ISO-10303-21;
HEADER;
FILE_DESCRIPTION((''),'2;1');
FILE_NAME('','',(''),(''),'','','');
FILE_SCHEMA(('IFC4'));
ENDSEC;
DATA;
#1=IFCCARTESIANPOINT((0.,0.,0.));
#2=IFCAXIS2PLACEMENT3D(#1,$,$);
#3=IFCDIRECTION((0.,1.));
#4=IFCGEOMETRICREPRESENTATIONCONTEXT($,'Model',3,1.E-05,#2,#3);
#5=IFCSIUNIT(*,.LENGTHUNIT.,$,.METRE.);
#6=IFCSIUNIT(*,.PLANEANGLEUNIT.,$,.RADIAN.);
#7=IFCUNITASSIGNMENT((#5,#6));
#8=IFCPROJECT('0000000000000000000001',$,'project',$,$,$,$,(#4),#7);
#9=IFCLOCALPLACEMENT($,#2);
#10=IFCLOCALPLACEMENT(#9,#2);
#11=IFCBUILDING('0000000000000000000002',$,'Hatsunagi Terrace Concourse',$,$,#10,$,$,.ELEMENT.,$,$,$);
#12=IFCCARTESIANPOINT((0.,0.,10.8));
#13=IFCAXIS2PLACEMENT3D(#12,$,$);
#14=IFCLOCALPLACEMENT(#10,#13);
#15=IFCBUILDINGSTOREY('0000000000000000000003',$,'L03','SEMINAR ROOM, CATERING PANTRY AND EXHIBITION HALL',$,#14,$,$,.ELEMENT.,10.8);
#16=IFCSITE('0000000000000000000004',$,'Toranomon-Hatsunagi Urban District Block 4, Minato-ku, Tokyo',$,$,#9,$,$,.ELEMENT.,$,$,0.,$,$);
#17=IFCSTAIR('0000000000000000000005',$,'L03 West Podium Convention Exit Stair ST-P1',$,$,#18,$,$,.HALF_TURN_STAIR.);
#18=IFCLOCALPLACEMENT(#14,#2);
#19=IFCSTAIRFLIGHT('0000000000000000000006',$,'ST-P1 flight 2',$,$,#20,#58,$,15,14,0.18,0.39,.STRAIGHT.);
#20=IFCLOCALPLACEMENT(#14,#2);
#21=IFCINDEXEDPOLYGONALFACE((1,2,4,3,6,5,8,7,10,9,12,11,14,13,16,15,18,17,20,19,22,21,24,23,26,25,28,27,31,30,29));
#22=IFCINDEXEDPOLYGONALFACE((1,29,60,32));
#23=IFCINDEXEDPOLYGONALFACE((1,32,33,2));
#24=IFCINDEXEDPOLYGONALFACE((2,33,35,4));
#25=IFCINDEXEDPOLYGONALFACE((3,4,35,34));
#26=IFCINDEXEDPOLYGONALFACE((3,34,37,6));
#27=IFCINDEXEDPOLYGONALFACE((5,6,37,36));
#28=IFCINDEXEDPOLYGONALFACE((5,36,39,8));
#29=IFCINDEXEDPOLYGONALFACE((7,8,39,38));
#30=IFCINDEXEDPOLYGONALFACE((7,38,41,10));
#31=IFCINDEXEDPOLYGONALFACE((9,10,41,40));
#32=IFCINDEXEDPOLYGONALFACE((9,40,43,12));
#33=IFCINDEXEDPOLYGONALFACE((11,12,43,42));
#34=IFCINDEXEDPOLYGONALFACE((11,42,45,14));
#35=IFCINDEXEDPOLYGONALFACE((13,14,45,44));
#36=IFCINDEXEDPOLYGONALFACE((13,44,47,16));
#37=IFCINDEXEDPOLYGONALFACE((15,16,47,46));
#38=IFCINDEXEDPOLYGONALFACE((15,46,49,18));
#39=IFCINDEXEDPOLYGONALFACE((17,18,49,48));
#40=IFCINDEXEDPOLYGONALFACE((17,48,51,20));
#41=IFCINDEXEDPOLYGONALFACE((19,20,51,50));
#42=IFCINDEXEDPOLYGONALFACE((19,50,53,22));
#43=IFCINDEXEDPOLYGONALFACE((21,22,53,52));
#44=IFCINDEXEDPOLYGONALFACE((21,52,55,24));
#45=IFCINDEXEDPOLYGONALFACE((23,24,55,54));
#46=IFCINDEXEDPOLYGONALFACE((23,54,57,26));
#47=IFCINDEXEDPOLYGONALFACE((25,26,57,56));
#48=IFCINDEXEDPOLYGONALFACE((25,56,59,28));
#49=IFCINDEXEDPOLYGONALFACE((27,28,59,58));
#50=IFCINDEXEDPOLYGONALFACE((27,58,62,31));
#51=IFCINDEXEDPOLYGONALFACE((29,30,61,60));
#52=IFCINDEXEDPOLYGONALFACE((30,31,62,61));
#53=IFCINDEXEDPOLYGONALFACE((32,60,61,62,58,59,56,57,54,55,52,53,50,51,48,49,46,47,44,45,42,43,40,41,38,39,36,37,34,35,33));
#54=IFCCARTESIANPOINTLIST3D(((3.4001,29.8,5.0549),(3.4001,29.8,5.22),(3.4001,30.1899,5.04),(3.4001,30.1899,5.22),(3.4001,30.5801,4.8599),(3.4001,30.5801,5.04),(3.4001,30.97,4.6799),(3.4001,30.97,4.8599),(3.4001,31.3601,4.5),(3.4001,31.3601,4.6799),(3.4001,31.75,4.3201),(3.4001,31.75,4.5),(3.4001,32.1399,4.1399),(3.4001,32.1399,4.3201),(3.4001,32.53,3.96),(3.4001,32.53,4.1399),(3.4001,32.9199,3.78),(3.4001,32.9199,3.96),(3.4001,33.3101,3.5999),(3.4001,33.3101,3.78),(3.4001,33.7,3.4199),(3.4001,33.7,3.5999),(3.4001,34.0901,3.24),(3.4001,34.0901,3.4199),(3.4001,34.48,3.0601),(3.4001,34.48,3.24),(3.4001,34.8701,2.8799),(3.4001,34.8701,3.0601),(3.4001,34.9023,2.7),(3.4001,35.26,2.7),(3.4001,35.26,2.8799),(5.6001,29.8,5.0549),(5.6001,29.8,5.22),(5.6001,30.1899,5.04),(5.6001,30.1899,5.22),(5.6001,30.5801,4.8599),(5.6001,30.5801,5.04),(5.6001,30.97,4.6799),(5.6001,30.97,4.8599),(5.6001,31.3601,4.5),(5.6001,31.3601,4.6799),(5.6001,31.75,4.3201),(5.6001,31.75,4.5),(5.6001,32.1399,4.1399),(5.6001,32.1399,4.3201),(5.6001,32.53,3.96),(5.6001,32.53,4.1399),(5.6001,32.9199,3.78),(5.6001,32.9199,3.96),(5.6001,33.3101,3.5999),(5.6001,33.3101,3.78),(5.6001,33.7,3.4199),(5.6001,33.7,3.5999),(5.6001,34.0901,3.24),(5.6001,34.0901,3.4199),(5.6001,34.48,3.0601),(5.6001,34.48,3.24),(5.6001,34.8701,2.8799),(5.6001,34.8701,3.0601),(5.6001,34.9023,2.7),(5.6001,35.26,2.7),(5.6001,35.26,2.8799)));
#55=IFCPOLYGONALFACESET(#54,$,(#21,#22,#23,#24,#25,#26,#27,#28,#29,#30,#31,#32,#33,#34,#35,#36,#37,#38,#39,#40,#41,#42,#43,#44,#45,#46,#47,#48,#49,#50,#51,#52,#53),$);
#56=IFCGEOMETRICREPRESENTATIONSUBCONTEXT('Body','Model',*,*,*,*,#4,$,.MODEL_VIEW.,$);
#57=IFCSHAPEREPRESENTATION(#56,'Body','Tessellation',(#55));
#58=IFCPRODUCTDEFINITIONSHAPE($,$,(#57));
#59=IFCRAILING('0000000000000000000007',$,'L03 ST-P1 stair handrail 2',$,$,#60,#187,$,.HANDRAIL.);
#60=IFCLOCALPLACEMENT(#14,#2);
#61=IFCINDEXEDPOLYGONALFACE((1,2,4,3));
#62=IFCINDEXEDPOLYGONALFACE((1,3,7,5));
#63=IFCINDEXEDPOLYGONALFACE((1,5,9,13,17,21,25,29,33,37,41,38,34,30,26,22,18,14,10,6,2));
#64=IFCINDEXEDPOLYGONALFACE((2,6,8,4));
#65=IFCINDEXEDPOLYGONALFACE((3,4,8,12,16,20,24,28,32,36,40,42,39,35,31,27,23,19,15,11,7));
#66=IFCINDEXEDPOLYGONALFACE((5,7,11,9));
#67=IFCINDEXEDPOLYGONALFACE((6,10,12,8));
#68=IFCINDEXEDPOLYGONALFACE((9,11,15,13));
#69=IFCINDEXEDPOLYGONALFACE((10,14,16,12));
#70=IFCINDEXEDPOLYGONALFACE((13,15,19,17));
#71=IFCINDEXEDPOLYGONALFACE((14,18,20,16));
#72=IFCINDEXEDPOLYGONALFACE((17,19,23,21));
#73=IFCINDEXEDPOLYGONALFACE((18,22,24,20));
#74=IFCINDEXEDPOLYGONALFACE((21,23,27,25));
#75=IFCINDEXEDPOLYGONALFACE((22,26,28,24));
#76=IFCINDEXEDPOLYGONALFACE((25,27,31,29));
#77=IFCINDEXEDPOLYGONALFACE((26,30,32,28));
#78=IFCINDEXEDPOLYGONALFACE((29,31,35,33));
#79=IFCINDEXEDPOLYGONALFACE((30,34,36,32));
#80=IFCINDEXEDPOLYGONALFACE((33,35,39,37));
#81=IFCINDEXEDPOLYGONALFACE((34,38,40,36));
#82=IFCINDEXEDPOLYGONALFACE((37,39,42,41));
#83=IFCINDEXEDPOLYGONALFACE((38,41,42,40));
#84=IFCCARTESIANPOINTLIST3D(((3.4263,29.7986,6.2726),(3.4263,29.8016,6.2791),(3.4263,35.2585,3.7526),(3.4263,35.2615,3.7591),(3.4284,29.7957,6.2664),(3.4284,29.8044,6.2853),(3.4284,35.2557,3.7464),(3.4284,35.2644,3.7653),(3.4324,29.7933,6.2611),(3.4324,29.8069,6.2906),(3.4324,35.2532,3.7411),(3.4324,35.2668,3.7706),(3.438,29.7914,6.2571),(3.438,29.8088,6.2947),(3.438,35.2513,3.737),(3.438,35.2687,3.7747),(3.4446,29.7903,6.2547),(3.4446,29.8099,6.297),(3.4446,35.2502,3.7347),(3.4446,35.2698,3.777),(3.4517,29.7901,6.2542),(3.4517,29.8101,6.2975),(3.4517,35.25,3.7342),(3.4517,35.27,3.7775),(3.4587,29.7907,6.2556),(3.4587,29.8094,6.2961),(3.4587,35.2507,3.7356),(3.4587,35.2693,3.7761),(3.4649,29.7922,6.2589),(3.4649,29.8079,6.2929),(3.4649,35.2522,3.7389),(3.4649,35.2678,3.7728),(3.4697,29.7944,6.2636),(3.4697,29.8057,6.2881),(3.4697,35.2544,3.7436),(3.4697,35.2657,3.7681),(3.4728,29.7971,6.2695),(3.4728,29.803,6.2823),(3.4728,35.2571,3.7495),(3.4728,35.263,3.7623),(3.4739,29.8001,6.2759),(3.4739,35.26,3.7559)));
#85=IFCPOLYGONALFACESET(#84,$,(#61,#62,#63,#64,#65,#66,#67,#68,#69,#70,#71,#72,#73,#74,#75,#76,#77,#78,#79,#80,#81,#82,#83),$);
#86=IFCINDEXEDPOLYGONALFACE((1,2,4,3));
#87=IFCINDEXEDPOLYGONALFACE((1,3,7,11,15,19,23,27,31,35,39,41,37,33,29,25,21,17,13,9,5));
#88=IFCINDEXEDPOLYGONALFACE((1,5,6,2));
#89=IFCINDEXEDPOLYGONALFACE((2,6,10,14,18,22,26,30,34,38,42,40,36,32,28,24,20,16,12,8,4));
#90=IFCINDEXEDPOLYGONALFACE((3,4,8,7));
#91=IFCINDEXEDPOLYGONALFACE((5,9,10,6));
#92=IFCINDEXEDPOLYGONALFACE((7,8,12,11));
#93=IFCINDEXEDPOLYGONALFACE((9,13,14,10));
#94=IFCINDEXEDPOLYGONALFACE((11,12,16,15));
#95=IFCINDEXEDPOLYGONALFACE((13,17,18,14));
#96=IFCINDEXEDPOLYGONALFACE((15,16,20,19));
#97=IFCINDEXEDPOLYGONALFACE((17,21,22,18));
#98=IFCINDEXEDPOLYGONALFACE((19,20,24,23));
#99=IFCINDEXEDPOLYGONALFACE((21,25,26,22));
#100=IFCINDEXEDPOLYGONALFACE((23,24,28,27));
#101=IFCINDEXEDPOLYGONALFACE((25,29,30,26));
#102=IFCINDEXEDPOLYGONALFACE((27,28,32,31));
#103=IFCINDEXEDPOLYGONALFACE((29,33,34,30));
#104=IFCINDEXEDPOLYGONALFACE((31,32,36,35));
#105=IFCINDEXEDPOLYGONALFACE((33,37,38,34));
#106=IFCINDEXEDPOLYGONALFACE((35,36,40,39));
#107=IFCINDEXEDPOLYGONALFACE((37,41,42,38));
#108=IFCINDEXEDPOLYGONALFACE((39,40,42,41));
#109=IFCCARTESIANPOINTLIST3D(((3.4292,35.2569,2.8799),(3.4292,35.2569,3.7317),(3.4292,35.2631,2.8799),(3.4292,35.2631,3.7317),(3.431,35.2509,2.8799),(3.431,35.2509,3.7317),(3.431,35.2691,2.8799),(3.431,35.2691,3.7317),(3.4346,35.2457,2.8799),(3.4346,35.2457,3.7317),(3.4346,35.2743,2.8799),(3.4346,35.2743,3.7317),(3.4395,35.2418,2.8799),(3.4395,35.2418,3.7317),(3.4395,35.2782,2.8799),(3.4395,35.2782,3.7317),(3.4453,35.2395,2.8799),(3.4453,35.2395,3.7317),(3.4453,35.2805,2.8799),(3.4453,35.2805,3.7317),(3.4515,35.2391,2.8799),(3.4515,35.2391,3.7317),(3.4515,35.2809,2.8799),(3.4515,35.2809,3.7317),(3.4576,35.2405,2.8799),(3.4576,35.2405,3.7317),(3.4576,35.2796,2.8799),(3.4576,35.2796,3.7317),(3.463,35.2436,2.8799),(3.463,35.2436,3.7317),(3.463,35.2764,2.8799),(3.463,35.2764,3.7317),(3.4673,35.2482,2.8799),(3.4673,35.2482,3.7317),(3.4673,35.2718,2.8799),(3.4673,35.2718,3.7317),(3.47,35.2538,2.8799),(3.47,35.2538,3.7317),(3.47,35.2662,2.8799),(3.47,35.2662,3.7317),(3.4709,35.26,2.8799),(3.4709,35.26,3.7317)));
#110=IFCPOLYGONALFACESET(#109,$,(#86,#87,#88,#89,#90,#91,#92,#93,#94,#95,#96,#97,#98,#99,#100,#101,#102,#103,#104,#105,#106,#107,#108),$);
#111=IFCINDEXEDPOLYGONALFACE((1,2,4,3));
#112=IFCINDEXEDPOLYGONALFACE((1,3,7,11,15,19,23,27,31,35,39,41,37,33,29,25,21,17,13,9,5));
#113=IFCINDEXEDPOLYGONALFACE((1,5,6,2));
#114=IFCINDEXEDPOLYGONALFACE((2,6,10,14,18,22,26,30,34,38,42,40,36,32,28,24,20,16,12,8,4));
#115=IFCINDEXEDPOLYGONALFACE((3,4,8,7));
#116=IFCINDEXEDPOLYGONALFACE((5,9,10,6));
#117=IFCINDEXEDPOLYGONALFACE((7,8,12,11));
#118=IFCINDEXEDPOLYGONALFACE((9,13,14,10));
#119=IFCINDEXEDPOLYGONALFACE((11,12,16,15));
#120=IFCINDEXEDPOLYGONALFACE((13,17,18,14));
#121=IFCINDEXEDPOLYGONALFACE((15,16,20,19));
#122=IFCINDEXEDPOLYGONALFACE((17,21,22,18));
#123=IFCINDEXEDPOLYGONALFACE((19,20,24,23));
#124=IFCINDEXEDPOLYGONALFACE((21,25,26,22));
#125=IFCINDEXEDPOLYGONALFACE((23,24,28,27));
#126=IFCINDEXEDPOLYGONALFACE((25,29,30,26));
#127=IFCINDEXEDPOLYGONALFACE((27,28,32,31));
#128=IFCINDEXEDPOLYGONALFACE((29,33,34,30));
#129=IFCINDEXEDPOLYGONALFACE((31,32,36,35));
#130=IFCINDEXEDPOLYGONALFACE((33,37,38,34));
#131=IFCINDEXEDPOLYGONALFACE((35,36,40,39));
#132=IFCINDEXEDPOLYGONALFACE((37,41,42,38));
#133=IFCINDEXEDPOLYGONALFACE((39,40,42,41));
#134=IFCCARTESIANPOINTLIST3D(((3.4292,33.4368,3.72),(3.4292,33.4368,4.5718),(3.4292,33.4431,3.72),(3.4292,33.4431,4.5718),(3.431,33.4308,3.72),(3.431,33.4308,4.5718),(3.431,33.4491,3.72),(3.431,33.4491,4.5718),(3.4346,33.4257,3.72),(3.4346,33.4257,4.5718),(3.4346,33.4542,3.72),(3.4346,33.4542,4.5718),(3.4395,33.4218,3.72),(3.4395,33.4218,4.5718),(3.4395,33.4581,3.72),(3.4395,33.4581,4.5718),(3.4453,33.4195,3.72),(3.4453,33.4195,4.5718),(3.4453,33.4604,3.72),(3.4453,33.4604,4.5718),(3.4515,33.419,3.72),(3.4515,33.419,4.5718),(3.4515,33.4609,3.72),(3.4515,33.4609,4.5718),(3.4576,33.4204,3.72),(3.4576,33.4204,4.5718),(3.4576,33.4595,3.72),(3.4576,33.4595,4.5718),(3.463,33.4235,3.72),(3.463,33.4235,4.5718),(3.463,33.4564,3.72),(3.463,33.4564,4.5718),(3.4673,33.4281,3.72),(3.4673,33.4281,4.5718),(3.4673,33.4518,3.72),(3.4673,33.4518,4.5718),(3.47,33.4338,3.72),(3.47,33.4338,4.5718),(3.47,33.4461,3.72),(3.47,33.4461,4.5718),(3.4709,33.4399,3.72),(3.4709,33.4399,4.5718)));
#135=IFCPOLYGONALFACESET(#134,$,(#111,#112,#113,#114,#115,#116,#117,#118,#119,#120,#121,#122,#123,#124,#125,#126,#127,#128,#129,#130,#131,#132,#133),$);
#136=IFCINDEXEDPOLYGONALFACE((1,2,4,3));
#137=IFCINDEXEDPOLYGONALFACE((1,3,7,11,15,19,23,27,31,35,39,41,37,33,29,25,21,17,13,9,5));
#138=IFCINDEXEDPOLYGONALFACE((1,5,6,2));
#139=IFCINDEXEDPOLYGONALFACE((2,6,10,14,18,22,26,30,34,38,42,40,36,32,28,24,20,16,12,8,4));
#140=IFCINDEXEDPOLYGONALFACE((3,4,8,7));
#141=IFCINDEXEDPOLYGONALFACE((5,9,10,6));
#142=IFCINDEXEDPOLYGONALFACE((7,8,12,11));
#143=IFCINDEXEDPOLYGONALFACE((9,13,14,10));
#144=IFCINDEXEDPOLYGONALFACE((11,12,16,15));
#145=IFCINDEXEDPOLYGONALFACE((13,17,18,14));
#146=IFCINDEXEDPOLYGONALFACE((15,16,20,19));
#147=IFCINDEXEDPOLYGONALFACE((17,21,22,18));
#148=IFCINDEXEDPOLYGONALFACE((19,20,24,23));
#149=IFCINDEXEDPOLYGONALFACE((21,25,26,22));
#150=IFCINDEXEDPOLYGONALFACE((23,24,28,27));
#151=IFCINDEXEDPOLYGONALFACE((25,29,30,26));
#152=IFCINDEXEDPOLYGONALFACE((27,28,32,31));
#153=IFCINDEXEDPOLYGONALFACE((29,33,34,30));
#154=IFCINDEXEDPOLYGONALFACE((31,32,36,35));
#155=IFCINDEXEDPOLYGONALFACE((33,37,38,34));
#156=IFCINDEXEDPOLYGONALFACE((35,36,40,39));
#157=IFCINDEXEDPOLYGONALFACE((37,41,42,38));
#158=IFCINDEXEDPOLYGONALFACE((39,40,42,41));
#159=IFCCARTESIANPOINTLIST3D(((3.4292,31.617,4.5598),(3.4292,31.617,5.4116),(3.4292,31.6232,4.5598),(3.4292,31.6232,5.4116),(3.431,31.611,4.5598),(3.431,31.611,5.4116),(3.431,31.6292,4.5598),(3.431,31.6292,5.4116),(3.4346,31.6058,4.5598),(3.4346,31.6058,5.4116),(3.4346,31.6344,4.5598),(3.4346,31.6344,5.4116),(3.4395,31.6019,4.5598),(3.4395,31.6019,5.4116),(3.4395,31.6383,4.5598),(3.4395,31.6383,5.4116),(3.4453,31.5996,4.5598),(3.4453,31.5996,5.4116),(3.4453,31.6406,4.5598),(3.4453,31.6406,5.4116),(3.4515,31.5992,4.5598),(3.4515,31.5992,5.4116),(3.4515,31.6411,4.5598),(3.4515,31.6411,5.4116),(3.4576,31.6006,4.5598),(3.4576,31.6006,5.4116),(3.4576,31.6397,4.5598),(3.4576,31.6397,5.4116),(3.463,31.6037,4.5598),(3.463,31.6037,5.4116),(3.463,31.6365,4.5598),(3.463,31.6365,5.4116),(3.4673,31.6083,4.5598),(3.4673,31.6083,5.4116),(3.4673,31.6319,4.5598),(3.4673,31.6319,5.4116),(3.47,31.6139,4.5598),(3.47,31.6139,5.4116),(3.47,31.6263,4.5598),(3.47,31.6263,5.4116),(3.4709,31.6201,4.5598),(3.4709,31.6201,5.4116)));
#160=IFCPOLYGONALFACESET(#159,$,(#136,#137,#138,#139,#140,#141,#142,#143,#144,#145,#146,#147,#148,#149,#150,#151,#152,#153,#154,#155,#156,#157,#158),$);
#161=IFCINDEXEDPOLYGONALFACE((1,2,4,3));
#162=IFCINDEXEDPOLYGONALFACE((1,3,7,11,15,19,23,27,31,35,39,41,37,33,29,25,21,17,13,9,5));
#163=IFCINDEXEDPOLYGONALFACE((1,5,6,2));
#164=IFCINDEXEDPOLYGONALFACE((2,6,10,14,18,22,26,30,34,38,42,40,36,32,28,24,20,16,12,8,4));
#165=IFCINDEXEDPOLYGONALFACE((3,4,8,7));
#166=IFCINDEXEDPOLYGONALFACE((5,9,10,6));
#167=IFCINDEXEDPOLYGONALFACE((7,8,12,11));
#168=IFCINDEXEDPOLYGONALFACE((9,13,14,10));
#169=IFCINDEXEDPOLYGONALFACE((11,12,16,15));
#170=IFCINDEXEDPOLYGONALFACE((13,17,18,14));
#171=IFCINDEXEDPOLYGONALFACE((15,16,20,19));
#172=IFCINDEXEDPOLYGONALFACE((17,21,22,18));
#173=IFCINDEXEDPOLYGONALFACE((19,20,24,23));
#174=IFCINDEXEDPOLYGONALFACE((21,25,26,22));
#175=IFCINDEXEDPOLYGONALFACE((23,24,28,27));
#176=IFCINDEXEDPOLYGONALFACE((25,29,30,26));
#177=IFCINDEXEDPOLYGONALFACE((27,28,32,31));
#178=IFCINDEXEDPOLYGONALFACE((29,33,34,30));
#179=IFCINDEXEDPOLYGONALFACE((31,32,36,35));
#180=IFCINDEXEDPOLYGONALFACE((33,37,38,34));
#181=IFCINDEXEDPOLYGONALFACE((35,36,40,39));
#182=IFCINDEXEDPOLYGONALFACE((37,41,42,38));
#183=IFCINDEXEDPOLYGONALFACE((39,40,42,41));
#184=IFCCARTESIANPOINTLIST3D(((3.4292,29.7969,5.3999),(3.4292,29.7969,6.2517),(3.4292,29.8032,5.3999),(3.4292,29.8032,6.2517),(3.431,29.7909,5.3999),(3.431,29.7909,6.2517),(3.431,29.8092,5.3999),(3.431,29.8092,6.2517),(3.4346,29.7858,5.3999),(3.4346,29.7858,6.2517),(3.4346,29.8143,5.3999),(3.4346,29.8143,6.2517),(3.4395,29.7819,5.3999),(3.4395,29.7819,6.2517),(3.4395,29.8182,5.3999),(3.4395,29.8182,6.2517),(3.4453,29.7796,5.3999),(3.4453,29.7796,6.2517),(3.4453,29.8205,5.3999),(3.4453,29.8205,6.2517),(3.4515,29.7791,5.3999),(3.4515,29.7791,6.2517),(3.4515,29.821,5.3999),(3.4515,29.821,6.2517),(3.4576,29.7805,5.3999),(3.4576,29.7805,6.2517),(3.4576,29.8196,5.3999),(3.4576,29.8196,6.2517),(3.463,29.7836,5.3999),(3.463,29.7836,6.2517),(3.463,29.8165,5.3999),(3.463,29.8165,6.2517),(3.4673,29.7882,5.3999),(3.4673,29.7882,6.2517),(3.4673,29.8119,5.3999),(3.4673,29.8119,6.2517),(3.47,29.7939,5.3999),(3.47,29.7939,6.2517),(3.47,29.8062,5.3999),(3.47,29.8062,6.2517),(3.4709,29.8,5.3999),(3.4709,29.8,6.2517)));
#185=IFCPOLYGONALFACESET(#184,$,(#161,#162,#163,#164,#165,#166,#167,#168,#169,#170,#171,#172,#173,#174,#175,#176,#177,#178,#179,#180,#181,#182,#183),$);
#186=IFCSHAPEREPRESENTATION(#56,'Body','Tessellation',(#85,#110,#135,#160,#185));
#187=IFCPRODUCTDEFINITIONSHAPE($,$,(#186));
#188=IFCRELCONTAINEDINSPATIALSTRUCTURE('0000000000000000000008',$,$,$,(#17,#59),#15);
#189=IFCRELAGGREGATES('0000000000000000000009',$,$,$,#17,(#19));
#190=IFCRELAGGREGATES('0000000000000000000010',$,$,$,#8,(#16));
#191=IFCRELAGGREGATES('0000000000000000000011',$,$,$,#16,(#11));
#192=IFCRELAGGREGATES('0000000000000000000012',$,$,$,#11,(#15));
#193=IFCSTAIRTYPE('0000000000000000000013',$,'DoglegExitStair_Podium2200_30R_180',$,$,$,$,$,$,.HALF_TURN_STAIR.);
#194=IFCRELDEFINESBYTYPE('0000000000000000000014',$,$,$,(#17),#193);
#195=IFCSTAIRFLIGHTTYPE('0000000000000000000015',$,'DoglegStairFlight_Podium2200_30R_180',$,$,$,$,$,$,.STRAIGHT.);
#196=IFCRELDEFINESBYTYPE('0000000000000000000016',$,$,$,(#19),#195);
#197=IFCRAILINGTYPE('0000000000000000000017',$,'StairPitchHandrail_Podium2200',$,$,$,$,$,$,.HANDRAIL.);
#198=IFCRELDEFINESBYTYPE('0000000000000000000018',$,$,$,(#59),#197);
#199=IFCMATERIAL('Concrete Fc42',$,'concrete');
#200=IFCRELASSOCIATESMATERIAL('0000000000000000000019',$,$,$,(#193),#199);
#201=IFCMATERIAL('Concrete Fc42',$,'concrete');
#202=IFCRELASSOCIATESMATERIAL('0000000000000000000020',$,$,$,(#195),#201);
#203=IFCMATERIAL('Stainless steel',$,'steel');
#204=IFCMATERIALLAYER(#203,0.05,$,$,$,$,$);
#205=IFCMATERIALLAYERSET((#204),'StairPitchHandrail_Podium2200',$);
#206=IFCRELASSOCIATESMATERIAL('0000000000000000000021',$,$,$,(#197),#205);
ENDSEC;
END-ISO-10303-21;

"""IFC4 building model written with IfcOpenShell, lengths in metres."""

from ifc_helpers import new_model, si_unit, direction, frame, origin, origin_2d, place, context, subcontext, project, spatial, polyline, circle, outline, extrude, material, layer, layer_set, type_object, element, aggregate, save


model = new_model("IFC4")

# Units and contexts
model_context = context("Model", 3, precision=1e-05, world=origin(), true_north=direction((0.0, 1.0)))
body_context = subcontext(model_context, "Body", "Model", "MODEL_VIEW")
ifc_project = project(units=[si_unit("LENGTHUNIT", "METRE"), si_unit("PLANEANGLEUNIT", "RADIAN")], contexts=[model_context])

# Site, building, storey
site_placement = place(None, origin())
site = spatial("IfcSite", under=ifc_project, at=site_placement, Name="Toranomon-Hatsunagi Urban District Block 4, Minato-ku, Tokyo", CompositionType="ELEMENT", RefElevation=0.0)
building_placement = place(site_placement, origin())
building = spatial("IfcBuilding", under=site, at=building_placement, Name="Hatsunagi Terrace Concourse", CompositionType="ELEMENT")
storey_placement = place(building_placement, frame((0.0, 0.0, 10.8)))
storey = spatial("IfcBuildingStorey", under=building, at=storey_placement, Name="L03", Description="SEMINAR ROOM, CATERING PANTRY AND EXHIBITION HALL", CompositionType="ELEMENT", Elevation=10.8)

# Stair, stair flight
ifc_material_1 = material(Name="Concrete Fc42", Category="concrete")
stair_type = type_object("IfcStairType", Name="DoglegExitStair_Podium2200_30R_180", PredefinedType="HALF_TURN_STAIR", material=ifc_material_1)
stair_placement = place(storey_placement, origin())
stair = element("IfcStair", 1, at=stair_placement, inside=storey, type_object=stair_type, Name="L03 West Podium Convention Exit Stair ST-P1", PredefinedType="HALF_TURN_STAIR")
ifc_material_2 = material(Name="Concrete Fc42", Category="concrete")
stair_flight_type = type_object("IfcStairFlightType", Name="DoglegStairFlight_Podium2200_30R_180", PredefinedType="STRAIGHT", material=ifc_material_2)
stair_flight_1_placement = place(storey_placement, frame((4.5, 35.26, 2.7), z_axis=(0.0, 0.0, 1.0), x_axis=(0.0, -1.0, 0.0)))
stair_flight_1 = element("IfcStairFlight", 2, at=stair_flight_1_placement, type_object=stair_flight_type, Name="ST-P1 flight 2", NumberOfRisers=15, NumberOfTreads=14, PredefinedType="STRAIGHT", RiserHeight=0.18, TreadLength=0.39, context=body_context, shape_type="SweptSolid", body=[
    extrude(outline(polyline([(0.0, 0.0), (0.0, 0.1799), (0.3899, 0.1799), (0.3899, 0.3601), (0.78, 0.3601), (0.78, 0.54), (1.1699, 0.54), (1.1699, 0.72), (1.5601, 0.72), (1.5601, 0.8999), (1.95, 0.8999), (1.95, 1.0801), (2.3401, 1.0801), (2.3401, 1.26), (2.73, 1.26), (2.73, 1.4399), (3.1201, 1.4399), (3.1201, 1.6201), (3.51, 1.6201), (3.51, 1.8), (3.8999, 1.8), (3.8999, 1.98), (4.29, 1.98), (4.29, 2.1599), (4.6799, 2.1599), (4.6799, 2.3401), (5.0701, 2.3401), (5.0701, 2.52), (5.46, 2.52), (5.46, 2.7), (5.46, 2.355), (0.3577, 0.0), (0.0, 0.0)])), frame((0.0, 1.1001, 0.0), z_axis=(0.0, -1.0, 0.0), x_axis=(1.0, 0.0, 0.0)), (0.0, 0.0, 1.0), 2.2),
])
aggregate(stair, [stair_flight_1])

# Railing
ifc_material_3 = material(Name="Stainless steel", Category="steel")
ifc_layer_1 = layer(ifc_material_3, 0.05)
ifc_layer_set_1 = layer_set([ifc_layer_1], Name="StairPitchHandrail_Podium2200")
railing_type_1 = type_object("IfcRailingType", Name="StairPitchHandrail_Podium2200", PredefinedType="HANDRAIL", material=ifc_layer_set_1)
railing_1_placement = place(storey_placement, frame((3.45, 35.26, 2.8799)))
element("IfcRailing", 3, at=railing_1_placement, inside=storey, type_object=railing_type_1, Name="L03 ST-P1 stair handrail 2", PredefinedType="HANDRAIL", context=body_context, shape_type="SweptSolid", body=[
    extrude(circle(Radius=0.0239, at=origin_2d()), frame((0.0, 0.0, 0.876), z_axis=(0.0, -0.907957, 0.419063), x_axis=(1.0, 0.0, 0.0)), (0.0, 0.0, 1.0), 6.0134),
    extrude(circle(Radius=0.021, at=origin_2d()), origin(), (0.0, 0.0, 1.0), 0.8518),
    extrude(circle(Radius=0.021, at=origin_2d()), frame((0.0, -1.8201, 0.8401)), (0.0, 0.0, 1.0), 0.8518),
    extrude(circle(Radius=0.021, at=origin_2d()), frame((0.0, -3.6399, 1.6799)), (0.0, 0.0, 1.0), 0.8518),
    extrude(circle(Radius=0.021, at=origin_2d()), frame((0.0, -5.46, 2.52)), (0.0, 0.0, 1.0), 0.8518),
])

save(model, "model.ifc")
